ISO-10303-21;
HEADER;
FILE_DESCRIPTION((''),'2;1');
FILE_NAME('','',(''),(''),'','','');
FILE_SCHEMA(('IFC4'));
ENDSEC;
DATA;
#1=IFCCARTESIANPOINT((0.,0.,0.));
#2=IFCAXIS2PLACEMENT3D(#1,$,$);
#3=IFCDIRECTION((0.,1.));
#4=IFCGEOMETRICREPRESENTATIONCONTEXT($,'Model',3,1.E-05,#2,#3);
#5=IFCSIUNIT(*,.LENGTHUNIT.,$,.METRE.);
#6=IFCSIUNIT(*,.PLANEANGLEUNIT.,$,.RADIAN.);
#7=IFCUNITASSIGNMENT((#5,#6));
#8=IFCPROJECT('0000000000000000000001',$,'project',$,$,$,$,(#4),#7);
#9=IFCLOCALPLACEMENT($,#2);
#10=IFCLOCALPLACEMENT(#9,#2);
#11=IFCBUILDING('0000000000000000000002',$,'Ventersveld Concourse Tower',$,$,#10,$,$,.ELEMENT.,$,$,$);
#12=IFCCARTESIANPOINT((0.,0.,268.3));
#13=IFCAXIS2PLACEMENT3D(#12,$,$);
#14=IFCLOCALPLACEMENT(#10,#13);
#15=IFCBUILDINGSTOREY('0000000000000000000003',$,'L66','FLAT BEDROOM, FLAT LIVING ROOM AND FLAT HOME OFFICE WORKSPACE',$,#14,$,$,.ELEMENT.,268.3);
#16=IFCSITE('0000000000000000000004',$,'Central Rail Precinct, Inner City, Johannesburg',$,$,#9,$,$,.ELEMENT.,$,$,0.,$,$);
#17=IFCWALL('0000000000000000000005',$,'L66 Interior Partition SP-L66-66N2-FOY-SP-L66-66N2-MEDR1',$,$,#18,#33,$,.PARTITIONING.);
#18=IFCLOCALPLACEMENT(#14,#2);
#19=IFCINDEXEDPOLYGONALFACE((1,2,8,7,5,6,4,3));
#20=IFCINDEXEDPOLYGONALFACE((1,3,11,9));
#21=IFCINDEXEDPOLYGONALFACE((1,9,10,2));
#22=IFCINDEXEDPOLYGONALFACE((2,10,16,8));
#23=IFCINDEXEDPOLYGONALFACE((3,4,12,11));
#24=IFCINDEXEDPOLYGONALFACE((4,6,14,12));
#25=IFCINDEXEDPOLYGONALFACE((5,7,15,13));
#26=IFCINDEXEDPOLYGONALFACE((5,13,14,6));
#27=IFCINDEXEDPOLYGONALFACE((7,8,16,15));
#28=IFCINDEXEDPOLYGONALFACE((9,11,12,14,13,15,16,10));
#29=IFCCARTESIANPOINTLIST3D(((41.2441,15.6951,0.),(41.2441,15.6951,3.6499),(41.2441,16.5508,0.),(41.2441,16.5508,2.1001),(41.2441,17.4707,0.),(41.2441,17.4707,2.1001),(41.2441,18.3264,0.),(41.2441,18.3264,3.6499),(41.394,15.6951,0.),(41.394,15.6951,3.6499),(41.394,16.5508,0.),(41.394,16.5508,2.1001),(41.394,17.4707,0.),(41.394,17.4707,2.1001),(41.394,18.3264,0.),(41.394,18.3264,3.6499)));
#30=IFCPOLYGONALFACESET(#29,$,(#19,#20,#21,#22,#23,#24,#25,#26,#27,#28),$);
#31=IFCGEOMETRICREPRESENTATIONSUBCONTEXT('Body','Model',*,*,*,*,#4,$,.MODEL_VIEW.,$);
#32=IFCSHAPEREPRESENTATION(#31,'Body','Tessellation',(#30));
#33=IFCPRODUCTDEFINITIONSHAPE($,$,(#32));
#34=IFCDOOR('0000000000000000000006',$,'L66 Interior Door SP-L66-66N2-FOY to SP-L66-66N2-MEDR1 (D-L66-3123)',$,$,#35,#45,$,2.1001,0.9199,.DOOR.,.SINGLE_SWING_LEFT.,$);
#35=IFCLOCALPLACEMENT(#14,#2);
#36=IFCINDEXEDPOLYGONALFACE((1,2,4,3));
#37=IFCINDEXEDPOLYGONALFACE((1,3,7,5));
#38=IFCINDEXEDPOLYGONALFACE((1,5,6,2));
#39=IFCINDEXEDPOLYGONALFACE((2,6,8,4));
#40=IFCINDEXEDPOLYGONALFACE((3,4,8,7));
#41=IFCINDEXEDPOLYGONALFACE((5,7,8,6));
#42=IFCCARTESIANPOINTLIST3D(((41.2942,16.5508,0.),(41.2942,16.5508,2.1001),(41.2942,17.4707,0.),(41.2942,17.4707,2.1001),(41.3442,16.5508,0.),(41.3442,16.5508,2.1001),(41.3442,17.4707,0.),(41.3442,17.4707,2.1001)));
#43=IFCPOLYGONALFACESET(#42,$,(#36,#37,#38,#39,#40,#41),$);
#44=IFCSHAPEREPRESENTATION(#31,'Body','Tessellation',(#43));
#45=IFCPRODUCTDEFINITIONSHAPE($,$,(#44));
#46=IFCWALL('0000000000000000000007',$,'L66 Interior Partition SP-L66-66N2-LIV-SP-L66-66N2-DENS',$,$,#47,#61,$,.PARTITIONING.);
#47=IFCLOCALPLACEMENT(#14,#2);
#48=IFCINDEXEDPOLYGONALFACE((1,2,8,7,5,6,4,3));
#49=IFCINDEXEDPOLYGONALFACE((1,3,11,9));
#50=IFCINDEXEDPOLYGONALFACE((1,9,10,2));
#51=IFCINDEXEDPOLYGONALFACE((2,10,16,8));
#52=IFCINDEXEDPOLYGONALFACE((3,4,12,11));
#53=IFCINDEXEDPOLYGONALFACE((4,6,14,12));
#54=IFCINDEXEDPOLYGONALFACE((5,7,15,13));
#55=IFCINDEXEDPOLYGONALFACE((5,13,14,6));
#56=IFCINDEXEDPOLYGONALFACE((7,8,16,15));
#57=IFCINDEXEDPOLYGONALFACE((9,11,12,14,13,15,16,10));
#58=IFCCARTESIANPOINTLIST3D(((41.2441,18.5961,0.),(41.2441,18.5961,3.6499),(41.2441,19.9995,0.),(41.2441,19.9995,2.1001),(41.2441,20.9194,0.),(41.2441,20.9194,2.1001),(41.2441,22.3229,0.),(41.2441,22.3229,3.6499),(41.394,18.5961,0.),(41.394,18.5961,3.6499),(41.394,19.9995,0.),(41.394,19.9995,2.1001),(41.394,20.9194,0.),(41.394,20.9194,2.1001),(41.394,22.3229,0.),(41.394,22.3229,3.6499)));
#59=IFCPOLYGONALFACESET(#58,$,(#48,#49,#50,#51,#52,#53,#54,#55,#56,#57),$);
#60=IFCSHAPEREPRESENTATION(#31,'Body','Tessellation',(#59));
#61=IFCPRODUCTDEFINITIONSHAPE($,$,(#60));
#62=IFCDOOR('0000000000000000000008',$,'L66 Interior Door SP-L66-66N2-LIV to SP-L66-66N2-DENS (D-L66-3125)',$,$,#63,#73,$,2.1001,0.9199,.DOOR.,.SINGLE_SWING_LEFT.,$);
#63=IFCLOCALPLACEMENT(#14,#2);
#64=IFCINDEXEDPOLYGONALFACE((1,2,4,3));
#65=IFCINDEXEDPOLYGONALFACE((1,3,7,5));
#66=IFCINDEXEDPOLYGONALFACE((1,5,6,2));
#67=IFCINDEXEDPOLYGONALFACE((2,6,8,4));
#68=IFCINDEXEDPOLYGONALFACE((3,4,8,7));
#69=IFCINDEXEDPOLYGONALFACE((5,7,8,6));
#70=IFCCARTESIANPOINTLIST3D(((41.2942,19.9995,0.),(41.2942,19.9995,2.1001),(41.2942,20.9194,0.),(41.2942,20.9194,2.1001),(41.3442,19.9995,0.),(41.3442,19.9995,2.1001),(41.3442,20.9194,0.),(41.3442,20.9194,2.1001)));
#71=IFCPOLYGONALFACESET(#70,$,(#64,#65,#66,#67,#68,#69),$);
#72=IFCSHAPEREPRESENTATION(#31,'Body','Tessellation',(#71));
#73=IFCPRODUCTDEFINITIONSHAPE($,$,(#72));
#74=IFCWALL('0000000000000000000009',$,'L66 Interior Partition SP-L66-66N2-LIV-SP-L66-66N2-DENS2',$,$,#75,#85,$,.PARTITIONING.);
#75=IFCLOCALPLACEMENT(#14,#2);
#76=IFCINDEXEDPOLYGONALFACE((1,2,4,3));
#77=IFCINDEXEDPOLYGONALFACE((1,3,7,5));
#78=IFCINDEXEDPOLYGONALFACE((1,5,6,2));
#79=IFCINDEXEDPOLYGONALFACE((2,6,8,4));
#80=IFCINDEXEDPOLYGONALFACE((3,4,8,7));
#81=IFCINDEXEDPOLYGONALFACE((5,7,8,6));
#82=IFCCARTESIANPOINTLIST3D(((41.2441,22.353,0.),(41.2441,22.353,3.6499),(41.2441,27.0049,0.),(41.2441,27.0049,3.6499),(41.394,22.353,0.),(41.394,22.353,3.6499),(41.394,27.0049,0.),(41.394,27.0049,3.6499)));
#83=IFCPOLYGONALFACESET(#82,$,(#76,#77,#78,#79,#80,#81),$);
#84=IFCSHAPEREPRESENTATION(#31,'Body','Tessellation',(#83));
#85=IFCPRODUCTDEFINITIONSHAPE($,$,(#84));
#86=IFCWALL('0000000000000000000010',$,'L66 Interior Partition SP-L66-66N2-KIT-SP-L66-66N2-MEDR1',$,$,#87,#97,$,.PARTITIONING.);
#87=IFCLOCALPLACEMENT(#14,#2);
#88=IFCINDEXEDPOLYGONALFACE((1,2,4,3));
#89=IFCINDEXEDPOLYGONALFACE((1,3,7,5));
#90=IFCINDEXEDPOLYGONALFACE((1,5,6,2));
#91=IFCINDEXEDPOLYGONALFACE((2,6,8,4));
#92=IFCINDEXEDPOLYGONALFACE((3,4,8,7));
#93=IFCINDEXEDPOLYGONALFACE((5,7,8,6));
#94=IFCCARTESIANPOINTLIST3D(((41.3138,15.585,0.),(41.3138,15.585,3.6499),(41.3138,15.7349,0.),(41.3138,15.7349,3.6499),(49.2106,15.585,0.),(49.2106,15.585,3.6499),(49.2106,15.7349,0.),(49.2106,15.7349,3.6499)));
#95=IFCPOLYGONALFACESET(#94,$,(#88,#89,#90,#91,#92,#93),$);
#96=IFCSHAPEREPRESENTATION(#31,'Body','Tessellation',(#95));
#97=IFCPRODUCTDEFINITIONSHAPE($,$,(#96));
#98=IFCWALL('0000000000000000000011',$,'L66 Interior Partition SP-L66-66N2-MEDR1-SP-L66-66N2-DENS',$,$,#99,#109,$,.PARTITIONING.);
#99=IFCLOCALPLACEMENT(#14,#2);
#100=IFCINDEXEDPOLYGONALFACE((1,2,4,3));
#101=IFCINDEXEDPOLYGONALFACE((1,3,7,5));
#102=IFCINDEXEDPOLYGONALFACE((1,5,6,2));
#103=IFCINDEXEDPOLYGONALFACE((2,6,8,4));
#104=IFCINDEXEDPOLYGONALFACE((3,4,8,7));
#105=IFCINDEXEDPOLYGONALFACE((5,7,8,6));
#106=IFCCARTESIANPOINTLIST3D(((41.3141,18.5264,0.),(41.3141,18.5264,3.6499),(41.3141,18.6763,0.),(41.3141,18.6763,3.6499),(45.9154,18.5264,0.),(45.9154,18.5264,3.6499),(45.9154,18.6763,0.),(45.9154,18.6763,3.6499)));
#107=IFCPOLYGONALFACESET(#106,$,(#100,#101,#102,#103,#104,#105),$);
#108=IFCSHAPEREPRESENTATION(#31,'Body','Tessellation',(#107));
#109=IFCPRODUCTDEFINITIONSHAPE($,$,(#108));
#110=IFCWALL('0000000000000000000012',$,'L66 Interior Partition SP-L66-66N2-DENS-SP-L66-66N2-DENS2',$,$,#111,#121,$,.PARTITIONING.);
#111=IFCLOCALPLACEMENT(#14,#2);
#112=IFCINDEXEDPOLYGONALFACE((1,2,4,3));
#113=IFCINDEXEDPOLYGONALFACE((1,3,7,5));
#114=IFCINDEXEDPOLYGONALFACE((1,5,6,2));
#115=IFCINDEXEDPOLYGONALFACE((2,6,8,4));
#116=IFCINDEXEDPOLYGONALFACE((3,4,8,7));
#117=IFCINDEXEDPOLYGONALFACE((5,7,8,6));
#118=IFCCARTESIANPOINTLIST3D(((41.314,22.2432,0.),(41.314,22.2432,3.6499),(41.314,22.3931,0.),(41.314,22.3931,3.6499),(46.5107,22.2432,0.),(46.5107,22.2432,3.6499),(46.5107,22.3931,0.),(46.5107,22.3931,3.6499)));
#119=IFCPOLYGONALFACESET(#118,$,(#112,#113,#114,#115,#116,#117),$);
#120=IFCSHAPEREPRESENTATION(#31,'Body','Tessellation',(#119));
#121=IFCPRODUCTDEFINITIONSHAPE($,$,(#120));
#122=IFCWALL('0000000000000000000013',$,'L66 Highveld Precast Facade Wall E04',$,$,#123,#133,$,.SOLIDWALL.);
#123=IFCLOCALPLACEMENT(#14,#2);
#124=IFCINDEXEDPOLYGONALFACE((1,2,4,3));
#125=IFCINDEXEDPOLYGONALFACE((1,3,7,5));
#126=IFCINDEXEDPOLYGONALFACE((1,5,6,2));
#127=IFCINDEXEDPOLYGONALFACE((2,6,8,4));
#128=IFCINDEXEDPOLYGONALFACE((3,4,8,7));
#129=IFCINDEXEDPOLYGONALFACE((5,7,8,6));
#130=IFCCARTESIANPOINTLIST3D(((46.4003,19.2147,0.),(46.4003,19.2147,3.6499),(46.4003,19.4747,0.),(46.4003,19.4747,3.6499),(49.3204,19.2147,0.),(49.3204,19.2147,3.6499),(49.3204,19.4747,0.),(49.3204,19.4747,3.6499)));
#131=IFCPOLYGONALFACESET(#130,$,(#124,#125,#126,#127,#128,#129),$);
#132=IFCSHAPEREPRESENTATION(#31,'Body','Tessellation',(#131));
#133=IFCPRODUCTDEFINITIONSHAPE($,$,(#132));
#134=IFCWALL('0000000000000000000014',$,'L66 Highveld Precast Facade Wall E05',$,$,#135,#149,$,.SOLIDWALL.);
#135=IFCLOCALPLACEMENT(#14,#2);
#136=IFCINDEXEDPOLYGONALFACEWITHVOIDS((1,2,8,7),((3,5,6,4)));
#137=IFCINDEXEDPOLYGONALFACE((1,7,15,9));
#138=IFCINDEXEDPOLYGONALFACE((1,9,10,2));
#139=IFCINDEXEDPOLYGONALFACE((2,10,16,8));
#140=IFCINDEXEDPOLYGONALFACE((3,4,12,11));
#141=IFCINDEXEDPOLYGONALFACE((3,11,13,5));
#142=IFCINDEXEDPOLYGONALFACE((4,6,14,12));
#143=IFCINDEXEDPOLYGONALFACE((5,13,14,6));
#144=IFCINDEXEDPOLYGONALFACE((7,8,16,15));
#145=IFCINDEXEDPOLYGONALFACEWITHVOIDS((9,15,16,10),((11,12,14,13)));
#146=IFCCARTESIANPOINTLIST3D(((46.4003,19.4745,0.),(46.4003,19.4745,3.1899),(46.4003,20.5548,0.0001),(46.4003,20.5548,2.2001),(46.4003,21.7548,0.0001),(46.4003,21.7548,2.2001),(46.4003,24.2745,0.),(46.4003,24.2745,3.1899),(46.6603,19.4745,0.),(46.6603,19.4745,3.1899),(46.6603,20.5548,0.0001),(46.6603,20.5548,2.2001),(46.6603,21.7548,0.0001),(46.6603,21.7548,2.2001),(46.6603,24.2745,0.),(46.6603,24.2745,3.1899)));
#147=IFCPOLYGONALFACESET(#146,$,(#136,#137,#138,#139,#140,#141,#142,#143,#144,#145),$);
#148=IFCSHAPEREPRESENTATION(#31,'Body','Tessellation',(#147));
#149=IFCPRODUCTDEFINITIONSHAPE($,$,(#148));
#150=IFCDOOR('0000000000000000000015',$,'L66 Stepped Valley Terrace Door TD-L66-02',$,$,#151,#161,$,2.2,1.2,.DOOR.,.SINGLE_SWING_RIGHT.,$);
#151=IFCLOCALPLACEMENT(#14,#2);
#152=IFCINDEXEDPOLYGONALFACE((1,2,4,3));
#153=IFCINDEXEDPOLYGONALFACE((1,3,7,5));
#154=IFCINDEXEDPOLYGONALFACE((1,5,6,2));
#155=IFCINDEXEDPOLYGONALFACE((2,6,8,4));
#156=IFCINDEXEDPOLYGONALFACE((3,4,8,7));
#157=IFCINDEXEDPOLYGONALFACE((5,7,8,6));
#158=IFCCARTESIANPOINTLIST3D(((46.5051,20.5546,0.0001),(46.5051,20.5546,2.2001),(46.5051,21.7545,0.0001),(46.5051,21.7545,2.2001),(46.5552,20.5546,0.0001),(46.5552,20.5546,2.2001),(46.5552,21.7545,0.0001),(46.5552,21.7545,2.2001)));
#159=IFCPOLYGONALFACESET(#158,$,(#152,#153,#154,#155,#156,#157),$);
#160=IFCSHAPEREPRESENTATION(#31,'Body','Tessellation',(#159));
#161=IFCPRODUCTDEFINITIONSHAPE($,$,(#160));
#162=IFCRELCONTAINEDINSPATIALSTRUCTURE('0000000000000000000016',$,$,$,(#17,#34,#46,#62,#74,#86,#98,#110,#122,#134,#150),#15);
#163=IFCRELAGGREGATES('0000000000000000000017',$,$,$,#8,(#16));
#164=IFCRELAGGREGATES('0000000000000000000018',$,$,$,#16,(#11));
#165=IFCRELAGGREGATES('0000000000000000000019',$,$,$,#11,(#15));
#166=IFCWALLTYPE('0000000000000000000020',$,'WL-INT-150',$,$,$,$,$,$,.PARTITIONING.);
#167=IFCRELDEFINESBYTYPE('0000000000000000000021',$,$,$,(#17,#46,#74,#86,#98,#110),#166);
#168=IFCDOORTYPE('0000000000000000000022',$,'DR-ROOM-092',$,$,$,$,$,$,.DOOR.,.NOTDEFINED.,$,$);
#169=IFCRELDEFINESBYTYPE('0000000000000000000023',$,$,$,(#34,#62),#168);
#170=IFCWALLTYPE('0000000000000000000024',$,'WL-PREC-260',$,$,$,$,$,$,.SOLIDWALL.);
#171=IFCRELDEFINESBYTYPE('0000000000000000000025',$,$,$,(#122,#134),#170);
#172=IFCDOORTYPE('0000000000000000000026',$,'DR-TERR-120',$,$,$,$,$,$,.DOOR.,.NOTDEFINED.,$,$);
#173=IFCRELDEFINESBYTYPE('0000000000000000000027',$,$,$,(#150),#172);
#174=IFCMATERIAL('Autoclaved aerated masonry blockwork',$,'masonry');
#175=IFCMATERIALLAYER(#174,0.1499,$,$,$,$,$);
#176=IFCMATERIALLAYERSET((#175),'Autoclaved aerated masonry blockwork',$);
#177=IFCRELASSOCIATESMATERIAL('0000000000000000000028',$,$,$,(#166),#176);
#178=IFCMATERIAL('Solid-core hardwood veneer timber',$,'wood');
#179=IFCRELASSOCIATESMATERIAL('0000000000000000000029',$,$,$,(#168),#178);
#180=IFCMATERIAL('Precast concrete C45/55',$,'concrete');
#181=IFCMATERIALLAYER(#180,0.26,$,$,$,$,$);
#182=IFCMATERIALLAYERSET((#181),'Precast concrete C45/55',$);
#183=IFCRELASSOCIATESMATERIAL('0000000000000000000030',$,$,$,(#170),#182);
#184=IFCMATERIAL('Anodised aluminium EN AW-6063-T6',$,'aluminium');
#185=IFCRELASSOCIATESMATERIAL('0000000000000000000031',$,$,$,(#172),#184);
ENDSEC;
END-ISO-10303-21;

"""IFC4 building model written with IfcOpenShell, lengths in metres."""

from ifc_helpers import new_model, si_unit, direction, frame, frame_2d, origin, place, context, subcontext, project, spatial, rectangle, extrude, material, layer, layer_set, type_object, element, fill, save


model = new_model("IFC4")

# Units and contexts
model_context = context("Model", 3, precision=1e-05, world=origin(), true_north=direction((0.0, 1.0)))
body_context = subcontext(model_context, "Body", "Model", "MODEL_VIEW")
ifc_project = project(units=[si_unit("LENGTHUNIT", "METRE"), si_unit("PLANEANGLEUNIT", "RADIAN")], contexts=[model_context])

# Site, building, storey
site_placement = place(None, origin())
site = spatial("IfcSite", under=ifc_project, at=site_placement, Name="Central Rail Precinct, Inner City, Johannesburg", CompositionType="ELEMENT", RefElevation=0.0)
building_placement = place(site_placement, origin())
building = spatial("IfcBuilding", under=site, at=building_placement, Name="Ventersveld Concourse Tower", CompositionType="ELEMENT")
storey_placement = place(building_placement, frame((0.0, 0.0, 268.3)))
storey = spatial("IfcBuildingStorey", under=building, at=storey_placement, Name="L66", Description="FLAT BEDROOM, FLAT LIVING ROOM AND FLAT HOME OFFICE WORKSPACE", CompositionType="ELEMENT", Elevation=268.3)

# Shared definitions
ifc_material_1 = material(Name="Solid-core hardwood veneer timber", Category="wood")

# Walls, openings, doors
ifc_material_2 = material(Name="Autoclaved aerated masonry blockwork", Category="masonry")
ifc_layer_1 = layer(ifc_material_2, 0.1499)
ifc_layer_set_1 = layer_set([ifc_layer_1], Name="Autoclaved aerated masonry blockwork")
wall_type_1 = type_object("IfcWallType", Name="WL-INT-150", PredefinedType="PARTITIONING", material=ifc_layer_set_1)
door_type_1 = type_object("IfcDoorType", Name="DR-ROOM-092", OperationType="NOTDEFINED", PredefinedType="DOOR", material=ifc_material_1)
wall_1_placement = place(storey_placement, frame((41.3191, 15.6951, 0.0), z_axis=(0.0, 0.0, 1.0), x_axis=(0.0, 1.0, 0.0)))
wall_1 = element("IfcWall", 1, at=wall_1_placement, inside=storey, type_object=wall_type_1, Name="L66 Interior Partition SP-L66-66N2-FOY-SP-L66-66N2-MEDR1", PredefinedType="PARTITIONING", context=body_context, shape_type="SweptSolid", body=[
    extrude(rectangle(XDim=2.6313, YDim=0.1499, at=frame_2d((1.3157, 0.0))), origin(), (0.0, 0.0, 1.0), 3.6499),
])
opening_1_placement = place(wall_1_placement, frame((0.8557, 0.0, 0.0)))
opening_1 = element("IfcOpeningElement", 2, at=opening_1_placement, cuts=wall_1, PredefinedType="OPENING", context=body_context, shape_type="SweptSolid", body=[
    extrude(rectangle(XDim=0.9199, YDim=2.1001, at=frame_2d((0.46, 1.05))), frame((0.0, 0.085, 0.0), z_axis=(0.0, -1.0, 0.0), x_axis=(1.0, 0.0, 0.0)), (0.0, 0.0, 1.0), 0.1699),
])
door_1_placement = place(opening_1_placement, origin())
door_1 = element("IfcDoor", 3, at=door_1_placement, inside=storey, type_object=door_type_1, Name="L66 Interior Door SP-L66-66N2-FOY to SP-L66-66N2-MEDR1 (D-L66-3123)", OperationType="SINGLE_SWING_LEFT", OverallHeight=2.1001, OverallWidth=0.9199, PredefinedType="DOOR", context=body_context, shape_type="SweptSolid", body=[
    extrude(rectangle(XDim=0.9199, YDim=2.1001, at=frame_2d((0.46, 1.05))), frame((0.0, 0.0249, 0.0), z_axis=(0.0, -1.0, 0.0), x_axis=(1.0, 0.0, 0.0)), (0.0, 0.0, 1.0), 0.05),
])
fill(opening_1, door_1)
wall_2_placement = place(storey_placement, frame((41.3191, 18.5962, 0.0), z_axis=(0.0, 0.0, 1.0), x_axis=(0.0, 1.0, 0.0)))
wall_2 = element("IfcWall", 4, at=wall_2_placement, inside=storey, type_object=wall_type_1, Name="L66 Interior Partition SP-L66-66N2-LIV-SP-L66-66N2-DENS", PredefinedType="PARTITIONING", context=body_context, shape_type="SweptSolid", body=[
    extrude(rectangle(XDim=3.7268, YDim=0.1499, at=frame_2d((1.8633, 0.0))), origin(), (0.0, 0.0, 1.0), 3.6499),
])
opening_2_placement = place(wall_2_placement, frame((1.4033, 0.0, 0.0)))
opening_2 = element("IfcOpeningElement", 5, at=opening_2_placement, cuts=wall_2, PredefinedType="OPENING", context=body_context, shape_type="SweptSolid", body=[
    extrude(rectangle(XDim=0.9199, YDim=2.1001, at=frame_2d((0.46, 1.05))), frame((0.0, 0.085, 0.0), z_axis=(0.0, -1.0, 0.0), x_axis=(1.0, 0.0, 0.0)), (0.0, 0.0, 1.0), 0.1699),
])
door_2_placement = place(opening_2_placement, origin())
door_2 = element("IfcDoor", 6, at=door_2_placement, inside=storey, type_object=door_type_1, Name="L66 Interior Door SP-L66-66N2-LIV to SP-L66-66N2-DENS (D-L66-3125)", OperationType="SINGLE_SWING_LEFT", OverallHeight=2.1001, OverallWidth=0.9199, PredefinedType="DOOR", context=body_context, shape_type="SweptSolid", body=[
    extrude(rectangle(XDim=0.9199, YDim=2.1001, at=frame_2d((0.46, 1.05))), frame((0.0, 0.0249, 0.0), z_axis=(0.0, -1.0, 0.0), x_axis=(1.0, 0.0, 0.0)), (0.0, 0.0, 1.0), 0.05),
])
fill(opening_2, door_2)

# Walls
wall_3_placement = place(storey_placement, frame((41.3191, 22.353, 0.0), z_axis=(0.0, 0.0, 1.0), x_axis=(0.0, 1.0, 0.0)))
element("IfcWall", 7, at=wall_3_placement, inside=storey, type_object=wall_type_1, Name="L66 Interior Partition SP-L66-66N2-LIV-SP-L66-66N2-DENS2", PredefinedType="PARTITIONING", context=body_context, shape_type="SweptSolid", body=[
    extrude(rectangle(XDim=4.6519, YDim=0.1499, at=frame_2d((2.3259, 0.0))), origin(), (0.0, 0.0, 1.0), 3.6499),
])
wall_4_placement = place(storey_placement, frame((41.314, 15.6599, 0.0), z_axis=(0.0, 0.0, 1.0), x_axis=(1.0, 0.0, 0.0)))
element("IfcWall", 8, at=wall_4_placement, inside=storey, type_object=wall_type_1, Name="L66 Interior Partition SP-L66-66N2-KIT-SP-L66-66N2-MEDR1", PredefinedType="PARTITIONING", context=body_context, shape_type="SweptSolid", body=[
    extrude(rectangle(XDim=7.8967, YDim=0.1499, at=frame_2d((3.9482, 0.0))), origin(), (0.0, 0.0, 1.0), 3.6499),
])
wall_5_placement = place(storey_placement, frame((41.314, 18.6013, 0.0), z_axis=(0.0, 0.0, 1.0), x_axis=(1.0, 0.0, 0.0)))
element("IfcWall", 9, at=wall_5_placement, inside=storey, type_object=wall_type_1, Name="L66 Interior Partition SP-L66-66N2-MEDR1-SP-L66-66N2-DENS", PredefinedType="PARTITIONING", context=body_context, shape_type="SweptSolid", body=[
    extrude(rectangle(XDim=4.6013, YDim=0.1499, at=frame_2d((2.3008, 0.0))), origin(), (0.0, 0.0, 1.0), 3.6499),
])
wall_6_placement = place(storey_placement, frame((41.314, 22.3181, 0.0), z_axis=(0.0, 0.0, 1.0), x_axis=(1.0, 0.0, 0.0)))
element("IfcWall", 10, at=wall_6_placement, inside=storey, type_object=wall_type_1, Name="L66 Interior Partition SP-L66-66N2-DENS-SP-L66-66N2-DENS2", PredefinedType="PARTITIONING", context=body_context, shape_type="SweptSolid", body=[
    extrude(rectangle(XDim=5.1968, YDim=0.1499, at=frame_2d((2.5984, 0.0))), origin(), (0.0, 0.0, 1.0), 3.6499),
])
ifc_material_3 = material(Name="Precast concrete C45/55", Category="concrete")
ifc_layer_2 = layer(ifc_material_3, 0.26)
ifc_layer_set_2 = layer_set([ifc_layer_2], Name="Precast concrete C45/55")
wall_type_2 = type_object("IfcWallType", Name="WL-PREC-260", PredefinedType="SOLIDWALL", material=ifc_layer_set_2)
wall_7_placement = place(storey_placement, frame((49.3203, 19.3447, 0.0), z_axis=(0.0, 0.0, 1.0), x_axis=(-1.0, 0.0, 0.0)))
element("IfcWall", 11, at=wall_7_placement, inside=storey, type_object=wall_type_2, Name="L66 Highveld Precast Facade Wall E04", PredefinedType="SOLIDWALL", context=body_context, shape_type="SweptSolid", body=[
    extrude(rectangle(XDim=2.9202, YDim=0.26, at=frame_2d((1.46, 0.0))), origin(), (0.0, 0.0, 1.0), 3.6499),
])

# Wall, opening, door
wall_8_placement = place(storey_placement, frame((46.5303, 19.4746, 0.0), z_axis=(0.0, 0.0, 1.0), x_axis=(0.0, 1.0, 0.0)))
wall_8 = element("IfcWall", 12, at=wall_8_placement, inside=storey, type_object=wall_type_2, Name="L66 Highveld Precast Facade Wall E05", PredefinedType="SOLIDWALL", context=body_context, shape_type="SweptSolid", body=[
    extrude(rectangle(XDim=4.8, YDim=0.26, at=frame_2d((2.3999, 0.0))), origin(), (0.0, 0.0, 1.0), 3.1899),
])
opening_3_placement = place(wall_8_placement, frame((1.0801, 0.0, 0.0)))
opening_3 = element("IfcOpeningElement", 13, at=opening_3_placement, cuts=wall_8, PredefinedType="OPENING", context=body_context, shape_type="SweptSolid", body=[
    extrude(rectangle(XDim=1.2, YDim=2.2, at=frame_2d((0.6001, 1.1001))), frame((0.0, 0.1401, 0.0), z_axis=(0.0, -1.0, 0.0), x_axis=(1.0, 0.0, 0.0)), (0.0, 0.0, 1.0), 0.28),
])
ifc_material_4 = material(Name="Anodised aluminium EN AW-6063-T6", Category="aluminium")
door_type_2 = type_object("IfcDoorType", Name="DR-TERR-120", OperationType="NOTDEFINED", PredefinedType="DOOR", material=ifc_material_4)
door_3_placement = place(opening_3_placement, frame((1.2, 0.0, 0.0), z_axis=(0.0, 0.0, 1.0), x_axis=(-1.0, 0.0, 0.0)))
door_3 = element("IfcDoor", 14, at=door_3_placement, inside=storey, type_object=door_type_2, Name="L66 Stepped Valley Terrace Door TD-L66-02", OperationType="SINGLE_SWING_RIGHT", OverallHeight=2.2, OverallWidth=1.2, PredefinedType="DOOR", context=body_context, shape_type="SweptSolid", body=[
    extrude(rectangle(XDim=1.2, YDim=2.2, at=frame_2d((0.6001, 1.1001))), frame((0.0, 0.0249, 0.0), z_axis=(0.0, -1.0, 0.0), x_axis=(1.0, 0.0, 0.0)), (0.0, 0.0, 1.0), 0.05),
])
fill(opening_3, door_3)

save(model, "model.ifc")
